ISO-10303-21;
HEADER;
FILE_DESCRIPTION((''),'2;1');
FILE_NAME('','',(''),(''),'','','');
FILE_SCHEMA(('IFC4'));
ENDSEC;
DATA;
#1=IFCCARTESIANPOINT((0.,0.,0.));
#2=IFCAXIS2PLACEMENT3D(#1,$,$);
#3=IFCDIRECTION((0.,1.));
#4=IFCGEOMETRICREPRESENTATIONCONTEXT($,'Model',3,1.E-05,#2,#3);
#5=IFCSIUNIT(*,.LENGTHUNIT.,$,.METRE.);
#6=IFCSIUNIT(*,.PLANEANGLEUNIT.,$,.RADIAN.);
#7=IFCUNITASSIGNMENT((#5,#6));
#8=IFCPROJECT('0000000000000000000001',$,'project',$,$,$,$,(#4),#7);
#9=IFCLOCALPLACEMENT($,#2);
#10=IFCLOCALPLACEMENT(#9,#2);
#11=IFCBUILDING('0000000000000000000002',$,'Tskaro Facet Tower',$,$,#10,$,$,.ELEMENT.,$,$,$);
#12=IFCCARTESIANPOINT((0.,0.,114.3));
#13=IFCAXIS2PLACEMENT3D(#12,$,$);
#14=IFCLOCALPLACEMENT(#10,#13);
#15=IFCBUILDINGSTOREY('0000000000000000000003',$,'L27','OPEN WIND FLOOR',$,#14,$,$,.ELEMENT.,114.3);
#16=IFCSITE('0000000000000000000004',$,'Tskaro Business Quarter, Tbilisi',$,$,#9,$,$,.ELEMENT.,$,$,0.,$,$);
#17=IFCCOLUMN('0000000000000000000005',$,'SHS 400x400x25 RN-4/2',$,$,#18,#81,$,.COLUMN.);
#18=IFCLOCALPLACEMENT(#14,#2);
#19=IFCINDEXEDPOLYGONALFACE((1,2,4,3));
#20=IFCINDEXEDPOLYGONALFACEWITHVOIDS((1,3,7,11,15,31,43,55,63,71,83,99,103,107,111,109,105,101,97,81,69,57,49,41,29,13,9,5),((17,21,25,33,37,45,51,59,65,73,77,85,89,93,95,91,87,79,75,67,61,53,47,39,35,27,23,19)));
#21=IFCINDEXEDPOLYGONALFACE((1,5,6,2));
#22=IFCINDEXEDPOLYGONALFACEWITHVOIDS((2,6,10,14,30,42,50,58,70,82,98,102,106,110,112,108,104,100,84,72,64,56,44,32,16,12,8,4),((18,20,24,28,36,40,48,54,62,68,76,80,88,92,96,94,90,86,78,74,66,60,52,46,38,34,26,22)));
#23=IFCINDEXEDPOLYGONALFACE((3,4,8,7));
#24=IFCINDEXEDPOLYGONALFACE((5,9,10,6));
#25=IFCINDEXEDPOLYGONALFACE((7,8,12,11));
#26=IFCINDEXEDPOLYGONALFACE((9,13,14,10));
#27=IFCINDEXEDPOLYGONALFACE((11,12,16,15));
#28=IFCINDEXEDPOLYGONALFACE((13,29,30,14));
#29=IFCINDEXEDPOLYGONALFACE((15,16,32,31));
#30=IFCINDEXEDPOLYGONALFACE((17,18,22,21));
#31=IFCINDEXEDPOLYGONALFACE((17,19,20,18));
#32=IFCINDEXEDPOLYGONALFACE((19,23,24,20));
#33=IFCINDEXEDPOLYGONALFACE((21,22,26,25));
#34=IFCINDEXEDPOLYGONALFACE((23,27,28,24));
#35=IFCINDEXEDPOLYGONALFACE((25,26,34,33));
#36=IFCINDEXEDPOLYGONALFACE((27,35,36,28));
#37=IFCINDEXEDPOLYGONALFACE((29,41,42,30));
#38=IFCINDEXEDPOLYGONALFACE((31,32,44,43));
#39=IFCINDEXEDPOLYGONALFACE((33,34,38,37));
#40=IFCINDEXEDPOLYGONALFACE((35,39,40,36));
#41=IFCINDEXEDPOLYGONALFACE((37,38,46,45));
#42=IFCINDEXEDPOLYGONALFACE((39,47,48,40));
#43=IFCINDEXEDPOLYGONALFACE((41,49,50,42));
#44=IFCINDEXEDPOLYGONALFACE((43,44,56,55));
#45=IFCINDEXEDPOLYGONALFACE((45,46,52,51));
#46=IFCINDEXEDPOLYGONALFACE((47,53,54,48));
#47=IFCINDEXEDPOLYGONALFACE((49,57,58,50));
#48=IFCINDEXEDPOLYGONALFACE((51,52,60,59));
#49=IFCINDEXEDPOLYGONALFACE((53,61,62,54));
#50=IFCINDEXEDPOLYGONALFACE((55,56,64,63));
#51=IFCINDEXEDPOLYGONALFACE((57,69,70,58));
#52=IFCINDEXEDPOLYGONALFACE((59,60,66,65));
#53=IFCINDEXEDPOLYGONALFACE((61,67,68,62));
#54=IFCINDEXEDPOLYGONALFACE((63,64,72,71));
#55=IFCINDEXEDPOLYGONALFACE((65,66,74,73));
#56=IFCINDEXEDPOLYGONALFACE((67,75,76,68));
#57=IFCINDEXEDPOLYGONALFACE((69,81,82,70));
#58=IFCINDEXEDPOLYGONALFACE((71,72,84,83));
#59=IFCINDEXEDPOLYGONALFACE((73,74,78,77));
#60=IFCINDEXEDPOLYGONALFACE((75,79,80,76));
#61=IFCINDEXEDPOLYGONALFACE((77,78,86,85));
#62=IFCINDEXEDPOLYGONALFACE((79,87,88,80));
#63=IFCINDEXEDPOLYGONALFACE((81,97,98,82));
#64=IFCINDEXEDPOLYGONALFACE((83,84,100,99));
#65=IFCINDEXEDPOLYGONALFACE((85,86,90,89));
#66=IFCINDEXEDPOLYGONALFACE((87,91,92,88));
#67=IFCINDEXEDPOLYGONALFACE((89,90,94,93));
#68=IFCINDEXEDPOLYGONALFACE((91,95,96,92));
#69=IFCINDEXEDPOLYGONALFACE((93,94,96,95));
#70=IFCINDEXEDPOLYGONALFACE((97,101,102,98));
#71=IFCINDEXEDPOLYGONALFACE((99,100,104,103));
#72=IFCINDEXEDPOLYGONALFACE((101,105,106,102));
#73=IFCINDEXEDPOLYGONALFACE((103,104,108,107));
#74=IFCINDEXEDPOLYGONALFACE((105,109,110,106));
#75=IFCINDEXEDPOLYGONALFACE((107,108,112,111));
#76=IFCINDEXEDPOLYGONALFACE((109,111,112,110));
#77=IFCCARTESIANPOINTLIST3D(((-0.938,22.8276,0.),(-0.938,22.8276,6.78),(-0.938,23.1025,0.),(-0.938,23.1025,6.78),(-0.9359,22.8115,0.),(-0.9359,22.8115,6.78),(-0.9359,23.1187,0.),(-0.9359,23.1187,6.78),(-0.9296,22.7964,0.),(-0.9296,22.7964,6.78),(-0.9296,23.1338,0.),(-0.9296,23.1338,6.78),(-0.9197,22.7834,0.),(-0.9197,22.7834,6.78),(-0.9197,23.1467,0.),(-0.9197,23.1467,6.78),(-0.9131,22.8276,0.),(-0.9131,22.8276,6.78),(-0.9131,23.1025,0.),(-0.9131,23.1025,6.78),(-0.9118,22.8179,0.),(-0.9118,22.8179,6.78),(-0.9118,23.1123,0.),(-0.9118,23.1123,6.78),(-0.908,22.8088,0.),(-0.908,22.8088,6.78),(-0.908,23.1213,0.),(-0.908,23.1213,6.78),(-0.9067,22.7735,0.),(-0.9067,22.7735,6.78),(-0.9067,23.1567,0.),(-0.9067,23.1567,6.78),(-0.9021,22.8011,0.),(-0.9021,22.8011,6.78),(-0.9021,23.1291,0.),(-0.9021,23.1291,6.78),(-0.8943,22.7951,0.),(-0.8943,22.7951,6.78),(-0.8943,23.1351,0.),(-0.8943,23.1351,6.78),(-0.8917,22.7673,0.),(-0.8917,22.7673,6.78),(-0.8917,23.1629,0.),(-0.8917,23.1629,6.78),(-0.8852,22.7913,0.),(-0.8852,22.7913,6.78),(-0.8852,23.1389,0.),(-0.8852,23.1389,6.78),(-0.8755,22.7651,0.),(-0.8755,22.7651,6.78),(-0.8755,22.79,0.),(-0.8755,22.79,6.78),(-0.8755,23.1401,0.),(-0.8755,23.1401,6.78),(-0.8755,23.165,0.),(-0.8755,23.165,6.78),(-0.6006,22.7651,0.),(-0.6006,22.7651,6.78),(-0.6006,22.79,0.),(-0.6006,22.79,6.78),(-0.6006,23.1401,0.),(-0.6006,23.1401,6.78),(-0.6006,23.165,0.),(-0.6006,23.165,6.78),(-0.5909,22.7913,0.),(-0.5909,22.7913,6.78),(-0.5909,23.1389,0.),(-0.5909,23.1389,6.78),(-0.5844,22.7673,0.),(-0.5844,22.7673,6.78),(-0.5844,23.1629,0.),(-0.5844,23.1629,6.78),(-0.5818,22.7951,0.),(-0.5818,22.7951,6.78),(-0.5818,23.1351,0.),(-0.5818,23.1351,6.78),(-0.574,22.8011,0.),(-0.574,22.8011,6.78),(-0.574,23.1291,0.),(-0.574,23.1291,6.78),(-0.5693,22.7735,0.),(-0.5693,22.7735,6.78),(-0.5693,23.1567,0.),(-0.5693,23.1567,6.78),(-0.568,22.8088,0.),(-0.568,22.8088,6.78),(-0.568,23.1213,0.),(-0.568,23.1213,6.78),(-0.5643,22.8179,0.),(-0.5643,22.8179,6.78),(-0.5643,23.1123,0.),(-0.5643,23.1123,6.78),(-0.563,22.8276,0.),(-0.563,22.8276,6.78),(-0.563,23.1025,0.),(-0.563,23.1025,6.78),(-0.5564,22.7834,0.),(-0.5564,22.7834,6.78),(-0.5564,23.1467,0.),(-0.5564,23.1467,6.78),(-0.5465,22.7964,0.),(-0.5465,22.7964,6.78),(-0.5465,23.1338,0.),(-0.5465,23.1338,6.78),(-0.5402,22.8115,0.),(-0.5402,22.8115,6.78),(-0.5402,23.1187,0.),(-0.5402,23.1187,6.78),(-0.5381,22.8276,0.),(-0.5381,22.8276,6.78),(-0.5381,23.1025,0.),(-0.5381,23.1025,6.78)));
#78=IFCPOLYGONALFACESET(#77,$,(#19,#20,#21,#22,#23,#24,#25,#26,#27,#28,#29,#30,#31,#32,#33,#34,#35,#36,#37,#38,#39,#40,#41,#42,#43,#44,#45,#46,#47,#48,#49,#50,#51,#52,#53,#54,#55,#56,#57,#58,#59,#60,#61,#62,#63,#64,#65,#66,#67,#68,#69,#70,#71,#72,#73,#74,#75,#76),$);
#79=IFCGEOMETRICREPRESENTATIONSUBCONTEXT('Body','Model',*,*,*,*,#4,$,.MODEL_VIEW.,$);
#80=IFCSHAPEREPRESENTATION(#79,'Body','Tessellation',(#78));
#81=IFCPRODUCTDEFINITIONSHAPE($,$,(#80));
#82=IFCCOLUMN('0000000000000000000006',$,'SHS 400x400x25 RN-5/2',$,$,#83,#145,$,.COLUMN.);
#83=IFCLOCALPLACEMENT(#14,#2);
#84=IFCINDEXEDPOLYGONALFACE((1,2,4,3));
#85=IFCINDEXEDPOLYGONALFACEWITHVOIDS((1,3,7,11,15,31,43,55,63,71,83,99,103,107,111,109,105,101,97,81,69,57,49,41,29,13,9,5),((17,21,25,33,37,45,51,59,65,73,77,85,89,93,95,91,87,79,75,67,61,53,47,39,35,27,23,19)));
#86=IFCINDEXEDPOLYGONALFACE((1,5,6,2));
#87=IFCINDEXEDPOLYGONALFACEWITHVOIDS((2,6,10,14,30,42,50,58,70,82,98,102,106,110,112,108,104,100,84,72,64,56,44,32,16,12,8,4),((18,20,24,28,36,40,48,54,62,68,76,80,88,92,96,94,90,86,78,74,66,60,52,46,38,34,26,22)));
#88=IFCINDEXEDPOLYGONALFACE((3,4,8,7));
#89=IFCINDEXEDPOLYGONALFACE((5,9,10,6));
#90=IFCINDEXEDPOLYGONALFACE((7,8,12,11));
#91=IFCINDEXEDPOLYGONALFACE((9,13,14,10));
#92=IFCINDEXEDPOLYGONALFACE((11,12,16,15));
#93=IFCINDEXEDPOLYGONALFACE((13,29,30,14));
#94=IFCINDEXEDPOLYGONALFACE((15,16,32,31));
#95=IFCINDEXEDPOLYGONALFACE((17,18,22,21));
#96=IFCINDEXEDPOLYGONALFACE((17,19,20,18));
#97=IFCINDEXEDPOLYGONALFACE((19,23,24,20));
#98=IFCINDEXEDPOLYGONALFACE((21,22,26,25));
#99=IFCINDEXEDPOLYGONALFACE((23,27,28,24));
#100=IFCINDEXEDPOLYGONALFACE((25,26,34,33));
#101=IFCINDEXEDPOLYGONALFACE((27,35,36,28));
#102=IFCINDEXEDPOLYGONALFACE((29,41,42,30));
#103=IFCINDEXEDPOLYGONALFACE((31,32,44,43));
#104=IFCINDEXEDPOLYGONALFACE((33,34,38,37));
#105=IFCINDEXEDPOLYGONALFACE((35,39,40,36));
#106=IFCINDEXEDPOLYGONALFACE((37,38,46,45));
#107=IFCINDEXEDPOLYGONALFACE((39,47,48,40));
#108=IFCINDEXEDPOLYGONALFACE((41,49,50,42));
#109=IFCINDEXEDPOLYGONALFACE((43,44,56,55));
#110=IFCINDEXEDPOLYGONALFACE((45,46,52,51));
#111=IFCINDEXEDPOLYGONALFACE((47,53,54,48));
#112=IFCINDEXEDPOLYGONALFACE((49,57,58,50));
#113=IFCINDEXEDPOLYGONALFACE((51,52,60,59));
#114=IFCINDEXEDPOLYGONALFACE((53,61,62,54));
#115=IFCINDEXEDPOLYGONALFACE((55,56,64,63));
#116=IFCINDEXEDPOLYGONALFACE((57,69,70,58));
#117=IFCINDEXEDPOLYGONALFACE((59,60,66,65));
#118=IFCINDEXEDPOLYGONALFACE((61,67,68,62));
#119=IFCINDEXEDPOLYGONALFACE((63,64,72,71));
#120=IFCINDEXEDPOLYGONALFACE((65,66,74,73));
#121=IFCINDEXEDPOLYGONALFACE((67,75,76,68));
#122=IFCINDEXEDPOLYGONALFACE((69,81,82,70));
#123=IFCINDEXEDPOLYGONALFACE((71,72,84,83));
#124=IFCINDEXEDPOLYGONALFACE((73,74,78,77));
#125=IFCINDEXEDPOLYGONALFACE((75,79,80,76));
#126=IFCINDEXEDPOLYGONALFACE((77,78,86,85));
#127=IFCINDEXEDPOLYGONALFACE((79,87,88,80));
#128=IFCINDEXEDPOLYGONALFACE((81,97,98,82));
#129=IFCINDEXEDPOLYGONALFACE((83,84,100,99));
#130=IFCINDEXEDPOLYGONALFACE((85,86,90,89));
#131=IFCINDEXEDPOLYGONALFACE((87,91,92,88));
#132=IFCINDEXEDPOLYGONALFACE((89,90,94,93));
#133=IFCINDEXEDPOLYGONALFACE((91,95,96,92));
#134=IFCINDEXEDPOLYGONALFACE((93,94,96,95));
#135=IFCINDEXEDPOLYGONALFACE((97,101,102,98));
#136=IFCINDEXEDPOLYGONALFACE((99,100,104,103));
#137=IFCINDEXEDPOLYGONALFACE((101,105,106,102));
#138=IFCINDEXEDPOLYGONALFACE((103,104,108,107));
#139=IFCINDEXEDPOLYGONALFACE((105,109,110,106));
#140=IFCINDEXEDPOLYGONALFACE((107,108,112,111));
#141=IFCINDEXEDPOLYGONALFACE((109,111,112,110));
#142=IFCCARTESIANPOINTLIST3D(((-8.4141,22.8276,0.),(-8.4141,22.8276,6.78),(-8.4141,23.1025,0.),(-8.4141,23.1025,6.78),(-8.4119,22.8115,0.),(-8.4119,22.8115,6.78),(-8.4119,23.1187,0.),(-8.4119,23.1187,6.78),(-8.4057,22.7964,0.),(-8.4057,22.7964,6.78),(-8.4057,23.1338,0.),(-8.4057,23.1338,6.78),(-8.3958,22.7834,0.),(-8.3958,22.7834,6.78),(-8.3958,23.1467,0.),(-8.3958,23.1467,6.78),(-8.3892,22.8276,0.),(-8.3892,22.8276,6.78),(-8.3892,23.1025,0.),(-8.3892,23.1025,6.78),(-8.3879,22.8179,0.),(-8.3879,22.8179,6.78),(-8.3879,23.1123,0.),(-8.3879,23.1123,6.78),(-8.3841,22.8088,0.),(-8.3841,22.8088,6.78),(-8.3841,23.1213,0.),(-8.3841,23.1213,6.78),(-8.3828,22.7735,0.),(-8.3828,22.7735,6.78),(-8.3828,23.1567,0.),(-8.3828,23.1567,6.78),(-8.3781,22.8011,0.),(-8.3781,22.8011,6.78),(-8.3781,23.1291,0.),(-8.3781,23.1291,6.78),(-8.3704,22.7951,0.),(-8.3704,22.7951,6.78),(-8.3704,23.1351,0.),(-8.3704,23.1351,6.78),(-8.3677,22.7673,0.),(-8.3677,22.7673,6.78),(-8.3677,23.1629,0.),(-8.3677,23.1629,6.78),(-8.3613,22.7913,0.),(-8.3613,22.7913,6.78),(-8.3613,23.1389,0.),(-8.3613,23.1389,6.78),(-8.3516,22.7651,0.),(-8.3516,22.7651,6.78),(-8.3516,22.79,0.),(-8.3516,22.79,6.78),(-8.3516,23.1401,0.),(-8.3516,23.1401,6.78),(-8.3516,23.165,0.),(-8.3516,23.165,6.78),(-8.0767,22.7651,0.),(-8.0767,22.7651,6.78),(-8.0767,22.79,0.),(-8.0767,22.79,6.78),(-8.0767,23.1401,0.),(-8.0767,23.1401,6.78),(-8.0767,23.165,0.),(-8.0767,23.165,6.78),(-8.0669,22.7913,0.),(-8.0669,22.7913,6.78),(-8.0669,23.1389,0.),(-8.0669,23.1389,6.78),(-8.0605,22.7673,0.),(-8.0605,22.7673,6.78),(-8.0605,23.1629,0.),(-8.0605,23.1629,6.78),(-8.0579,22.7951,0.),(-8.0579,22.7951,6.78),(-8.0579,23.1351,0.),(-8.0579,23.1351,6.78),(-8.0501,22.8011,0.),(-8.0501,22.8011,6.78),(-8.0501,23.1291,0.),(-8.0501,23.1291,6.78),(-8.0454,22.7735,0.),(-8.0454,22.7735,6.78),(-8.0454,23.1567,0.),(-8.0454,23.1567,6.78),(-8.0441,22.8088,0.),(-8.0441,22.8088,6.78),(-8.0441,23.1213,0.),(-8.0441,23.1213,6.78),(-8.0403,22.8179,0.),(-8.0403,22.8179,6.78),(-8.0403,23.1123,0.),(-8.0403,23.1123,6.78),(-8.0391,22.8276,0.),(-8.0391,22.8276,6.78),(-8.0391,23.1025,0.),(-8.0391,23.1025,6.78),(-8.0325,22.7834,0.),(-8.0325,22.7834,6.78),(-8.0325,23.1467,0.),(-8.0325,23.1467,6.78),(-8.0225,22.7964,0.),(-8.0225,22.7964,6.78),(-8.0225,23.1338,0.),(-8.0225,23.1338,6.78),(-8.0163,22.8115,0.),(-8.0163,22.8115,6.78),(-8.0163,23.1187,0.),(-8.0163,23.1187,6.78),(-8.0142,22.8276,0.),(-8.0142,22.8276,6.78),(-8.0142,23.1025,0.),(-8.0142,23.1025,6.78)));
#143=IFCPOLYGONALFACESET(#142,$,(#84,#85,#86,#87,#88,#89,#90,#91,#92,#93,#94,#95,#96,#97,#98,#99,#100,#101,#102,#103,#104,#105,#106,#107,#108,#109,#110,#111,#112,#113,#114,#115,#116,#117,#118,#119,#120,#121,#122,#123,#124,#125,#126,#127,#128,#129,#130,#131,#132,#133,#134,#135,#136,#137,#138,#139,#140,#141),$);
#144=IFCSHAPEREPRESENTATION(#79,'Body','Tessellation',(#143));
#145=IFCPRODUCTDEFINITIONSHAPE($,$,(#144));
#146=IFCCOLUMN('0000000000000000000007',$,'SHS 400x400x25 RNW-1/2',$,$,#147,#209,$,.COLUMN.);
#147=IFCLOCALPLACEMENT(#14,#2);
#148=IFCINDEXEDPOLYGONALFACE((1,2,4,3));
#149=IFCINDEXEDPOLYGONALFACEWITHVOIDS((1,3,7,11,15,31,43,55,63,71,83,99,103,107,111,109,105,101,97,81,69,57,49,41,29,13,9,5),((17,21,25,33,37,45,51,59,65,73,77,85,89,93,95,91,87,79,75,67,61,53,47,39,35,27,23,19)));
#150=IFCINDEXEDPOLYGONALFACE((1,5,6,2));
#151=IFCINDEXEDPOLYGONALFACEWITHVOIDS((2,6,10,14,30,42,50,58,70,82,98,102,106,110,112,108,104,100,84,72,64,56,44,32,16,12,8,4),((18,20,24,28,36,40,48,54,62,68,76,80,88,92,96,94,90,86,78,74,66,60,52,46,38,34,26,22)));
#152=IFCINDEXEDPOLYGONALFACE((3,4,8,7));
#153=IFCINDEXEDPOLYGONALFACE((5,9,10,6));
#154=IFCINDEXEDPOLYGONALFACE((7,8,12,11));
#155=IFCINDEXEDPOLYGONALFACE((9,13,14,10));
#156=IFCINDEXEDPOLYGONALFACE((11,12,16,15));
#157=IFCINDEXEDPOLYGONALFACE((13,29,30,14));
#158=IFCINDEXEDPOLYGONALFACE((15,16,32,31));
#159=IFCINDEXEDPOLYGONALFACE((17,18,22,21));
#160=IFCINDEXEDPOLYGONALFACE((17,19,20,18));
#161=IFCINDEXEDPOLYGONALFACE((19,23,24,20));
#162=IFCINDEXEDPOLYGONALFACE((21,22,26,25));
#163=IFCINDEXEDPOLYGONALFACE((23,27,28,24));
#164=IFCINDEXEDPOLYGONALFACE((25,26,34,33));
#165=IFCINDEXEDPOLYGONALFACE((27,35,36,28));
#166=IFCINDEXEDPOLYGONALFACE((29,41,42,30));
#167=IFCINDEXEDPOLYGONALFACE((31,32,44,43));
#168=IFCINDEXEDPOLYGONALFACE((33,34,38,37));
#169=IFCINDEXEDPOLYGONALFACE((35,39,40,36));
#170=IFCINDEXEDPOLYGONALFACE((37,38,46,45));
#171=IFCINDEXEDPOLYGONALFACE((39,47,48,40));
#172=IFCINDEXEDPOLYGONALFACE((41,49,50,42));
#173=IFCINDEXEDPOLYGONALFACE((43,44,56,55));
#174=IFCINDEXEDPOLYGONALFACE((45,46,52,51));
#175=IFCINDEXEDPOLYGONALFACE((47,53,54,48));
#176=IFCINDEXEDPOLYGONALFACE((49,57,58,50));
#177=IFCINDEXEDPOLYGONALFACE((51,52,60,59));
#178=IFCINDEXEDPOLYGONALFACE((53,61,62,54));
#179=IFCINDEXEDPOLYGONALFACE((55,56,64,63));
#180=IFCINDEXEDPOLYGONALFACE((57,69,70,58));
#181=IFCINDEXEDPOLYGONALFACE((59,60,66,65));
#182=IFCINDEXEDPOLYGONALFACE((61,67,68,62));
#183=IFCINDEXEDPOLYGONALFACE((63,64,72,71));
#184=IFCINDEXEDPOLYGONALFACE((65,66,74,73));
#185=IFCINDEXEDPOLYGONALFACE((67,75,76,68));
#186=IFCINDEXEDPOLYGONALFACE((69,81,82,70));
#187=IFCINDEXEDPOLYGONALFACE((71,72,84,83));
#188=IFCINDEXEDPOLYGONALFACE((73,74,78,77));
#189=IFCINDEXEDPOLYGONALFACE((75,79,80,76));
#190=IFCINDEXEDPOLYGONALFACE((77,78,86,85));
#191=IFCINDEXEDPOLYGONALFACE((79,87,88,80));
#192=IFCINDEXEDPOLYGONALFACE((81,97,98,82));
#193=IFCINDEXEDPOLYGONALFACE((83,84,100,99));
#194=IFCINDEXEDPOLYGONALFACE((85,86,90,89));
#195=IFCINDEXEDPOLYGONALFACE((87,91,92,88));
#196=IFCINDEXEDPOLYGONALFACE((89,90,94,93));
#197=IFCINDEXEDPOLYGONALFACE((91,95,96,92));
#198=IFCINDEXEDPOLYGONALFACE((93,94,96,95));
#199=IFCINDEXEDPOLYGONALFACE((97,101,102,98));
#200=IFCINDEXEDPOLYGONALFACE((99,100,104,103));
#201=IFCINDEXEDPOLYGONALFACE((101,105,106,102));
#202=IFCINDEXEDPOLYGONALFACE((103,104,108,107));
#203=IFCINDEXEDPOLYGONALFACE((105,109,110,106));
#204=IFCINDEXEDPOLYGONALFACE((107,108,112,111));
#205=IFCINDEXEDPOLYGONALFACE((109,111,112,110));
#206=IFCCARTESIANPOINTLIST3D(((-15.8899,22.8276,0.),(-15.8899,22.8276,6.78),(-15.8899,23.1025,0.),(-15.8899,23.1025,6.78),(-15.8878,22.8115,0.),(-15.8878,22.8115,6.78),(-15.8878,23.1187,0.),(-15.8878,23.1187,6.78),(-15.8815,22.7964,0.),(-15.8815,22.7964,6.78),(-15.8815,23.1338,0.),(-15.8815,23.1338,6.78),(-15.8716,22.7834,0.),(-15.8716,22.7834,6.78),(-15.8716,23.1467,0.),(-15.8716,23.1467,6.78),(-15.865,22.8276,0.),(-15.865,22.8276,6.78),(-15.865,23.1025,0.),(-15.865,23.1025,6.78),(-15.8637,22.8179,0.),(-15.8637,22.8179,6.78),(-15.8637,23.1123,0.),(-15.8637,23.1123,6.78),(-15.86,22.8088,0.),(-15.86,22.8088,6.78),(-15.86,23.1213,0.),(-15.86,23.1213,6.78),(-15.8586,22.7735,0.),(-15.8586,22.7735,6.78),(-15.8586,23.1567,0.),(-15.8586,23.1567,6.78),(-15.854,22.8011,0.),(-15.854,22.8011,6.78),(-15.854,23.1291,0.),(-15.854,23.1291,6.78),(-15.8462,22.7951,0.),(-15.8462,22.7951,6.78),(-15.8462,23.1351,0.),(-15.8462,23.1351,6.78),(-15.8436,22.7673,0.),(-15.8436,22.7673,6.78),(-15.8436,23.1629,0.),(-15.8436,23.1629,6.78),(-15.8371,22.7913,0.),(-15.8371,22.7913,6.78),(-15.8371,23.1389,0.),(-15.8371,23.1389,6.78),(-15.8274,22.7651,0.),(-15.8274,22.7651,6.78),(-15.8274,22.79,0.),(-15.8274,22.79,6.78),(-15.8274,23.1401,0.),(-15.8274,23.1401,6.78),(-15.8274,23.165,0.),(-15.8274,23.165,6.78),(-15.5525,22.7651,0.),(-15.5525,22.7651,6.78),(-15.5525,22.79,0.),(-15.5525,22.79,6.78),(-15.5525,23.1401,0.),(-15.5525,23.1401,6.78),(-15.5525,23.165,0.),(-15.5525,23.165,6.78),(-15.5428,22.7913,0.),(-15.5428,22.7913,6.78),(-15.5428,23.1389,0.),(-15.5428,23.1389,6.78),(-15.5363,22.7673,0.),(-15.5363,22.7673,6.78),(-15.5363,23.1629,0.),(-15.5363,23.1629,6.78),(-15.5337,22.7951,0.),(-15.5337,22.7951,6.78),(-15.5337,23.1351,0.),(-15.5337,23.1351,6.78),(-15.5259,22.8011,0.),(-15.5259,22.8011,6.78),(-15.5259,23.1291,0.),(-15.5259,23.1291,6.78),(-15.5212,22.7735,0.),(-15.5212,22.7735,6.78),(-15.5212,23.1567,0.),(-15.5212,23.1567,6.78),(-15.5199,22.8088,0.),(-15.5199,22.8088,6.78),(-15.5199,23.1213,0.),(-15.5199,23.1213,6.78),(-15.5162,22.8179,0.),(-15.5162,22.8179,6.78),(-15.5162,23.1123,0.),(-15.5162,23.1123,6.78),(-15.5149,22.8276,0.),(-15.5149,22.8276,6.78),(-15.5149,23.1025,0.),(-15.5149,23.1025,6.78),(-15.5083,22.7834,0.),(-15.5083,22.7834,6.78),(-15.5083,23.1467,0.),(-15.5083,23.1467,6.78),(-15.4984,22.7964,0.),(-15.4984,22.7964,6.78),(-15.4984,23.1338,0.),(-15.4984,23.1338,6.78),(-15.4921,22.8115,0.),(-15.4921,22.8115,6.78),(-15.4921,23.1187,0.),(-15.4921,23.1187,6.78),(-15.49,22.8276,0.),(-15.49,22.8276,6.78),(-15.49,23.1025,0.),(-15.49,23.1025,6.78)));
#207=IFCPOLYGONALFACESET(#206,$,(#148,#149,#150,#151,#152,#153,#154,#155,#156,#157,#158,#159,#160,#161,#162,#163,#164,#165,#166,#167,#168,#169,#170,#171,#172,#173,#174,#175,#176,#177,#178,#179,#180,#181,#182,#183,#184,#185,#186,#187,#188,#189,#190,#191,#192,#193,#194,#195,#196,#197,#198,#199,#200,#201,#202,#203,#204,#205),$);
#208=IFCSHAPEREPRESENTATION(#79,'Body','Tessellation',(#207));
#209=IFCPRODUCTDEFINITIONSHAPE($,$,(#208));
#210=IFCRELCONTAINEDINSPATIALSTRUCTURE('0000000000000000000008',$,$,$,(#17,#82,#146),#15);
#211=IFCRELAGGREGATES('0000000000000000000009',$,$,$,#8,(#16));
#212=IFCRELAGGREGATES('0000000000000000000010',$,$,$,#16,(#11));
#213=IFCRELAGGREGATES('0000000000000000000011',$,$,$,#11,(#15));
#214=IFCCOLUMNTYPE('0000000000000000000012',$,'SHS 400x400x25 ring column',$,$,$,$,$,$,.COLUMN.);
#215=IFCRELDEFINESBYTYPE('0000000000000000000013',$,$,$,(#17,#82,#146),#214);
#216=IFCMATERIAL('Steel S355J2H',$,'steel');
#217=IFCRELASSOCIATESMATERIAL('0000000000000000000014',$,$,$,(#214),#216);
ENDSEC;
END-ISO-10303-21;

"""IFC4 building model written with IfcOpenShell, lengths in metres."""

from ifc_helpers import new_model, si_unit, direction, frame, origin, origin_2d, place, context, subcontext, project, spatial, hollow_rectangle, extrude, material, material_profile, profile_set, type_object, element, save


model = new_model("IFC4")

# Units and contexts
model_context = context("Model", 3, precision=1e-05, world=origin(), true_north=direction((0.0, 1.0)))
body_context = subcontext(model_context, "Body", "Model", "MODEL_VIEW")
ifc_project = project(units=[si_unit("LENGTHUNIT", "METRE"), si_unit("PLANEANGLEUNIT", "RADIAN")], contexts=[model_context])

# Site, building, storey
site_placement = place(None, origin())
site = spatial("IfcSite", under=ifc_project, at=site_placement, Name="Tskaro Business Quarter, Tbilisi", CompositionType="ELEMENT", RefElevation=0.0)
building_placement = place(site_placement, origin())
building = spatial("IfcBuilding", under=site, at=building_placement, Name="Tskaro Facet Tower", CompositionType="ELEMENT")
storey_placement = place(building_placement, frame((0.0, 0.0, 114.3)))
storey = spatial("IfcBuildingStorey", under=building, at=storey_placement, Name="L27", Description="OPEN WIND FLOOR", CompositionType="ELEMENT", Elevation=114.3)

# Columns
ifc_material_1 = material(Name="Steel S355J2H", Category="steel")
ifc_material_profile_1 = material_profile(ifc_material_1, hollow_rectangle(XDim=0.3999, YDim=0.3999, WallThickness=0.0249, InnerFilletRadius=0.0376, OuterFilletRadius=0.0625, at=origin_2d()), Name="SHS 400x400x25")
ifc_profile_set_1 = profile_set([ifc_material_profile_1], Name="Steel S355J2H")
column_type_1 = type_object("IfcColumnType", Name="SHS 400x400x25 ring column", PredefinedType="COLUMN", material=ifc_profile_set_1)
for number, where, z_axis, x_axis, name in (
    (1, (-0.738, 22.9651, 0.0), (0.0, 0.0, 1.0), (1.0, 0.0, 0.0), "SHS 400x400x25 RN-4/2"),
    (2, (-8.2141, 22.9651, 0.0), (0.0, 0.0, 1.0), (1.0, 0.0, 0.0), "SHS 400x400x25 RN-5/2"),
    (3, (-15.6899, 22.9651, 0.0), (0.0, 0.0, 1.0), (1.0, 0.0, 0.0), "SHS 400x400x25 RNW-1/2"),
):
    element("IfcColumn", number, at=place(storey_placement, frame(where, z_axis=z_axis, x_axis=x_axis)), inside=storey, type_object=column_type_1, Name=name, PredefinedType="COLUMN", context=body_context, shape_type="SweptSolid", body=[
        extrude(hollow_rectangle(XDim=0.3999, YDim=0.3999, WallThickness=0.0249, InnerFilletRadius=0.0376, OuterFilletRadius=0.0625, at=origin_2d()), origin(), (0.0, 0.0, 1.0), 6.78),
    ])

save(model, "model.ifc")
